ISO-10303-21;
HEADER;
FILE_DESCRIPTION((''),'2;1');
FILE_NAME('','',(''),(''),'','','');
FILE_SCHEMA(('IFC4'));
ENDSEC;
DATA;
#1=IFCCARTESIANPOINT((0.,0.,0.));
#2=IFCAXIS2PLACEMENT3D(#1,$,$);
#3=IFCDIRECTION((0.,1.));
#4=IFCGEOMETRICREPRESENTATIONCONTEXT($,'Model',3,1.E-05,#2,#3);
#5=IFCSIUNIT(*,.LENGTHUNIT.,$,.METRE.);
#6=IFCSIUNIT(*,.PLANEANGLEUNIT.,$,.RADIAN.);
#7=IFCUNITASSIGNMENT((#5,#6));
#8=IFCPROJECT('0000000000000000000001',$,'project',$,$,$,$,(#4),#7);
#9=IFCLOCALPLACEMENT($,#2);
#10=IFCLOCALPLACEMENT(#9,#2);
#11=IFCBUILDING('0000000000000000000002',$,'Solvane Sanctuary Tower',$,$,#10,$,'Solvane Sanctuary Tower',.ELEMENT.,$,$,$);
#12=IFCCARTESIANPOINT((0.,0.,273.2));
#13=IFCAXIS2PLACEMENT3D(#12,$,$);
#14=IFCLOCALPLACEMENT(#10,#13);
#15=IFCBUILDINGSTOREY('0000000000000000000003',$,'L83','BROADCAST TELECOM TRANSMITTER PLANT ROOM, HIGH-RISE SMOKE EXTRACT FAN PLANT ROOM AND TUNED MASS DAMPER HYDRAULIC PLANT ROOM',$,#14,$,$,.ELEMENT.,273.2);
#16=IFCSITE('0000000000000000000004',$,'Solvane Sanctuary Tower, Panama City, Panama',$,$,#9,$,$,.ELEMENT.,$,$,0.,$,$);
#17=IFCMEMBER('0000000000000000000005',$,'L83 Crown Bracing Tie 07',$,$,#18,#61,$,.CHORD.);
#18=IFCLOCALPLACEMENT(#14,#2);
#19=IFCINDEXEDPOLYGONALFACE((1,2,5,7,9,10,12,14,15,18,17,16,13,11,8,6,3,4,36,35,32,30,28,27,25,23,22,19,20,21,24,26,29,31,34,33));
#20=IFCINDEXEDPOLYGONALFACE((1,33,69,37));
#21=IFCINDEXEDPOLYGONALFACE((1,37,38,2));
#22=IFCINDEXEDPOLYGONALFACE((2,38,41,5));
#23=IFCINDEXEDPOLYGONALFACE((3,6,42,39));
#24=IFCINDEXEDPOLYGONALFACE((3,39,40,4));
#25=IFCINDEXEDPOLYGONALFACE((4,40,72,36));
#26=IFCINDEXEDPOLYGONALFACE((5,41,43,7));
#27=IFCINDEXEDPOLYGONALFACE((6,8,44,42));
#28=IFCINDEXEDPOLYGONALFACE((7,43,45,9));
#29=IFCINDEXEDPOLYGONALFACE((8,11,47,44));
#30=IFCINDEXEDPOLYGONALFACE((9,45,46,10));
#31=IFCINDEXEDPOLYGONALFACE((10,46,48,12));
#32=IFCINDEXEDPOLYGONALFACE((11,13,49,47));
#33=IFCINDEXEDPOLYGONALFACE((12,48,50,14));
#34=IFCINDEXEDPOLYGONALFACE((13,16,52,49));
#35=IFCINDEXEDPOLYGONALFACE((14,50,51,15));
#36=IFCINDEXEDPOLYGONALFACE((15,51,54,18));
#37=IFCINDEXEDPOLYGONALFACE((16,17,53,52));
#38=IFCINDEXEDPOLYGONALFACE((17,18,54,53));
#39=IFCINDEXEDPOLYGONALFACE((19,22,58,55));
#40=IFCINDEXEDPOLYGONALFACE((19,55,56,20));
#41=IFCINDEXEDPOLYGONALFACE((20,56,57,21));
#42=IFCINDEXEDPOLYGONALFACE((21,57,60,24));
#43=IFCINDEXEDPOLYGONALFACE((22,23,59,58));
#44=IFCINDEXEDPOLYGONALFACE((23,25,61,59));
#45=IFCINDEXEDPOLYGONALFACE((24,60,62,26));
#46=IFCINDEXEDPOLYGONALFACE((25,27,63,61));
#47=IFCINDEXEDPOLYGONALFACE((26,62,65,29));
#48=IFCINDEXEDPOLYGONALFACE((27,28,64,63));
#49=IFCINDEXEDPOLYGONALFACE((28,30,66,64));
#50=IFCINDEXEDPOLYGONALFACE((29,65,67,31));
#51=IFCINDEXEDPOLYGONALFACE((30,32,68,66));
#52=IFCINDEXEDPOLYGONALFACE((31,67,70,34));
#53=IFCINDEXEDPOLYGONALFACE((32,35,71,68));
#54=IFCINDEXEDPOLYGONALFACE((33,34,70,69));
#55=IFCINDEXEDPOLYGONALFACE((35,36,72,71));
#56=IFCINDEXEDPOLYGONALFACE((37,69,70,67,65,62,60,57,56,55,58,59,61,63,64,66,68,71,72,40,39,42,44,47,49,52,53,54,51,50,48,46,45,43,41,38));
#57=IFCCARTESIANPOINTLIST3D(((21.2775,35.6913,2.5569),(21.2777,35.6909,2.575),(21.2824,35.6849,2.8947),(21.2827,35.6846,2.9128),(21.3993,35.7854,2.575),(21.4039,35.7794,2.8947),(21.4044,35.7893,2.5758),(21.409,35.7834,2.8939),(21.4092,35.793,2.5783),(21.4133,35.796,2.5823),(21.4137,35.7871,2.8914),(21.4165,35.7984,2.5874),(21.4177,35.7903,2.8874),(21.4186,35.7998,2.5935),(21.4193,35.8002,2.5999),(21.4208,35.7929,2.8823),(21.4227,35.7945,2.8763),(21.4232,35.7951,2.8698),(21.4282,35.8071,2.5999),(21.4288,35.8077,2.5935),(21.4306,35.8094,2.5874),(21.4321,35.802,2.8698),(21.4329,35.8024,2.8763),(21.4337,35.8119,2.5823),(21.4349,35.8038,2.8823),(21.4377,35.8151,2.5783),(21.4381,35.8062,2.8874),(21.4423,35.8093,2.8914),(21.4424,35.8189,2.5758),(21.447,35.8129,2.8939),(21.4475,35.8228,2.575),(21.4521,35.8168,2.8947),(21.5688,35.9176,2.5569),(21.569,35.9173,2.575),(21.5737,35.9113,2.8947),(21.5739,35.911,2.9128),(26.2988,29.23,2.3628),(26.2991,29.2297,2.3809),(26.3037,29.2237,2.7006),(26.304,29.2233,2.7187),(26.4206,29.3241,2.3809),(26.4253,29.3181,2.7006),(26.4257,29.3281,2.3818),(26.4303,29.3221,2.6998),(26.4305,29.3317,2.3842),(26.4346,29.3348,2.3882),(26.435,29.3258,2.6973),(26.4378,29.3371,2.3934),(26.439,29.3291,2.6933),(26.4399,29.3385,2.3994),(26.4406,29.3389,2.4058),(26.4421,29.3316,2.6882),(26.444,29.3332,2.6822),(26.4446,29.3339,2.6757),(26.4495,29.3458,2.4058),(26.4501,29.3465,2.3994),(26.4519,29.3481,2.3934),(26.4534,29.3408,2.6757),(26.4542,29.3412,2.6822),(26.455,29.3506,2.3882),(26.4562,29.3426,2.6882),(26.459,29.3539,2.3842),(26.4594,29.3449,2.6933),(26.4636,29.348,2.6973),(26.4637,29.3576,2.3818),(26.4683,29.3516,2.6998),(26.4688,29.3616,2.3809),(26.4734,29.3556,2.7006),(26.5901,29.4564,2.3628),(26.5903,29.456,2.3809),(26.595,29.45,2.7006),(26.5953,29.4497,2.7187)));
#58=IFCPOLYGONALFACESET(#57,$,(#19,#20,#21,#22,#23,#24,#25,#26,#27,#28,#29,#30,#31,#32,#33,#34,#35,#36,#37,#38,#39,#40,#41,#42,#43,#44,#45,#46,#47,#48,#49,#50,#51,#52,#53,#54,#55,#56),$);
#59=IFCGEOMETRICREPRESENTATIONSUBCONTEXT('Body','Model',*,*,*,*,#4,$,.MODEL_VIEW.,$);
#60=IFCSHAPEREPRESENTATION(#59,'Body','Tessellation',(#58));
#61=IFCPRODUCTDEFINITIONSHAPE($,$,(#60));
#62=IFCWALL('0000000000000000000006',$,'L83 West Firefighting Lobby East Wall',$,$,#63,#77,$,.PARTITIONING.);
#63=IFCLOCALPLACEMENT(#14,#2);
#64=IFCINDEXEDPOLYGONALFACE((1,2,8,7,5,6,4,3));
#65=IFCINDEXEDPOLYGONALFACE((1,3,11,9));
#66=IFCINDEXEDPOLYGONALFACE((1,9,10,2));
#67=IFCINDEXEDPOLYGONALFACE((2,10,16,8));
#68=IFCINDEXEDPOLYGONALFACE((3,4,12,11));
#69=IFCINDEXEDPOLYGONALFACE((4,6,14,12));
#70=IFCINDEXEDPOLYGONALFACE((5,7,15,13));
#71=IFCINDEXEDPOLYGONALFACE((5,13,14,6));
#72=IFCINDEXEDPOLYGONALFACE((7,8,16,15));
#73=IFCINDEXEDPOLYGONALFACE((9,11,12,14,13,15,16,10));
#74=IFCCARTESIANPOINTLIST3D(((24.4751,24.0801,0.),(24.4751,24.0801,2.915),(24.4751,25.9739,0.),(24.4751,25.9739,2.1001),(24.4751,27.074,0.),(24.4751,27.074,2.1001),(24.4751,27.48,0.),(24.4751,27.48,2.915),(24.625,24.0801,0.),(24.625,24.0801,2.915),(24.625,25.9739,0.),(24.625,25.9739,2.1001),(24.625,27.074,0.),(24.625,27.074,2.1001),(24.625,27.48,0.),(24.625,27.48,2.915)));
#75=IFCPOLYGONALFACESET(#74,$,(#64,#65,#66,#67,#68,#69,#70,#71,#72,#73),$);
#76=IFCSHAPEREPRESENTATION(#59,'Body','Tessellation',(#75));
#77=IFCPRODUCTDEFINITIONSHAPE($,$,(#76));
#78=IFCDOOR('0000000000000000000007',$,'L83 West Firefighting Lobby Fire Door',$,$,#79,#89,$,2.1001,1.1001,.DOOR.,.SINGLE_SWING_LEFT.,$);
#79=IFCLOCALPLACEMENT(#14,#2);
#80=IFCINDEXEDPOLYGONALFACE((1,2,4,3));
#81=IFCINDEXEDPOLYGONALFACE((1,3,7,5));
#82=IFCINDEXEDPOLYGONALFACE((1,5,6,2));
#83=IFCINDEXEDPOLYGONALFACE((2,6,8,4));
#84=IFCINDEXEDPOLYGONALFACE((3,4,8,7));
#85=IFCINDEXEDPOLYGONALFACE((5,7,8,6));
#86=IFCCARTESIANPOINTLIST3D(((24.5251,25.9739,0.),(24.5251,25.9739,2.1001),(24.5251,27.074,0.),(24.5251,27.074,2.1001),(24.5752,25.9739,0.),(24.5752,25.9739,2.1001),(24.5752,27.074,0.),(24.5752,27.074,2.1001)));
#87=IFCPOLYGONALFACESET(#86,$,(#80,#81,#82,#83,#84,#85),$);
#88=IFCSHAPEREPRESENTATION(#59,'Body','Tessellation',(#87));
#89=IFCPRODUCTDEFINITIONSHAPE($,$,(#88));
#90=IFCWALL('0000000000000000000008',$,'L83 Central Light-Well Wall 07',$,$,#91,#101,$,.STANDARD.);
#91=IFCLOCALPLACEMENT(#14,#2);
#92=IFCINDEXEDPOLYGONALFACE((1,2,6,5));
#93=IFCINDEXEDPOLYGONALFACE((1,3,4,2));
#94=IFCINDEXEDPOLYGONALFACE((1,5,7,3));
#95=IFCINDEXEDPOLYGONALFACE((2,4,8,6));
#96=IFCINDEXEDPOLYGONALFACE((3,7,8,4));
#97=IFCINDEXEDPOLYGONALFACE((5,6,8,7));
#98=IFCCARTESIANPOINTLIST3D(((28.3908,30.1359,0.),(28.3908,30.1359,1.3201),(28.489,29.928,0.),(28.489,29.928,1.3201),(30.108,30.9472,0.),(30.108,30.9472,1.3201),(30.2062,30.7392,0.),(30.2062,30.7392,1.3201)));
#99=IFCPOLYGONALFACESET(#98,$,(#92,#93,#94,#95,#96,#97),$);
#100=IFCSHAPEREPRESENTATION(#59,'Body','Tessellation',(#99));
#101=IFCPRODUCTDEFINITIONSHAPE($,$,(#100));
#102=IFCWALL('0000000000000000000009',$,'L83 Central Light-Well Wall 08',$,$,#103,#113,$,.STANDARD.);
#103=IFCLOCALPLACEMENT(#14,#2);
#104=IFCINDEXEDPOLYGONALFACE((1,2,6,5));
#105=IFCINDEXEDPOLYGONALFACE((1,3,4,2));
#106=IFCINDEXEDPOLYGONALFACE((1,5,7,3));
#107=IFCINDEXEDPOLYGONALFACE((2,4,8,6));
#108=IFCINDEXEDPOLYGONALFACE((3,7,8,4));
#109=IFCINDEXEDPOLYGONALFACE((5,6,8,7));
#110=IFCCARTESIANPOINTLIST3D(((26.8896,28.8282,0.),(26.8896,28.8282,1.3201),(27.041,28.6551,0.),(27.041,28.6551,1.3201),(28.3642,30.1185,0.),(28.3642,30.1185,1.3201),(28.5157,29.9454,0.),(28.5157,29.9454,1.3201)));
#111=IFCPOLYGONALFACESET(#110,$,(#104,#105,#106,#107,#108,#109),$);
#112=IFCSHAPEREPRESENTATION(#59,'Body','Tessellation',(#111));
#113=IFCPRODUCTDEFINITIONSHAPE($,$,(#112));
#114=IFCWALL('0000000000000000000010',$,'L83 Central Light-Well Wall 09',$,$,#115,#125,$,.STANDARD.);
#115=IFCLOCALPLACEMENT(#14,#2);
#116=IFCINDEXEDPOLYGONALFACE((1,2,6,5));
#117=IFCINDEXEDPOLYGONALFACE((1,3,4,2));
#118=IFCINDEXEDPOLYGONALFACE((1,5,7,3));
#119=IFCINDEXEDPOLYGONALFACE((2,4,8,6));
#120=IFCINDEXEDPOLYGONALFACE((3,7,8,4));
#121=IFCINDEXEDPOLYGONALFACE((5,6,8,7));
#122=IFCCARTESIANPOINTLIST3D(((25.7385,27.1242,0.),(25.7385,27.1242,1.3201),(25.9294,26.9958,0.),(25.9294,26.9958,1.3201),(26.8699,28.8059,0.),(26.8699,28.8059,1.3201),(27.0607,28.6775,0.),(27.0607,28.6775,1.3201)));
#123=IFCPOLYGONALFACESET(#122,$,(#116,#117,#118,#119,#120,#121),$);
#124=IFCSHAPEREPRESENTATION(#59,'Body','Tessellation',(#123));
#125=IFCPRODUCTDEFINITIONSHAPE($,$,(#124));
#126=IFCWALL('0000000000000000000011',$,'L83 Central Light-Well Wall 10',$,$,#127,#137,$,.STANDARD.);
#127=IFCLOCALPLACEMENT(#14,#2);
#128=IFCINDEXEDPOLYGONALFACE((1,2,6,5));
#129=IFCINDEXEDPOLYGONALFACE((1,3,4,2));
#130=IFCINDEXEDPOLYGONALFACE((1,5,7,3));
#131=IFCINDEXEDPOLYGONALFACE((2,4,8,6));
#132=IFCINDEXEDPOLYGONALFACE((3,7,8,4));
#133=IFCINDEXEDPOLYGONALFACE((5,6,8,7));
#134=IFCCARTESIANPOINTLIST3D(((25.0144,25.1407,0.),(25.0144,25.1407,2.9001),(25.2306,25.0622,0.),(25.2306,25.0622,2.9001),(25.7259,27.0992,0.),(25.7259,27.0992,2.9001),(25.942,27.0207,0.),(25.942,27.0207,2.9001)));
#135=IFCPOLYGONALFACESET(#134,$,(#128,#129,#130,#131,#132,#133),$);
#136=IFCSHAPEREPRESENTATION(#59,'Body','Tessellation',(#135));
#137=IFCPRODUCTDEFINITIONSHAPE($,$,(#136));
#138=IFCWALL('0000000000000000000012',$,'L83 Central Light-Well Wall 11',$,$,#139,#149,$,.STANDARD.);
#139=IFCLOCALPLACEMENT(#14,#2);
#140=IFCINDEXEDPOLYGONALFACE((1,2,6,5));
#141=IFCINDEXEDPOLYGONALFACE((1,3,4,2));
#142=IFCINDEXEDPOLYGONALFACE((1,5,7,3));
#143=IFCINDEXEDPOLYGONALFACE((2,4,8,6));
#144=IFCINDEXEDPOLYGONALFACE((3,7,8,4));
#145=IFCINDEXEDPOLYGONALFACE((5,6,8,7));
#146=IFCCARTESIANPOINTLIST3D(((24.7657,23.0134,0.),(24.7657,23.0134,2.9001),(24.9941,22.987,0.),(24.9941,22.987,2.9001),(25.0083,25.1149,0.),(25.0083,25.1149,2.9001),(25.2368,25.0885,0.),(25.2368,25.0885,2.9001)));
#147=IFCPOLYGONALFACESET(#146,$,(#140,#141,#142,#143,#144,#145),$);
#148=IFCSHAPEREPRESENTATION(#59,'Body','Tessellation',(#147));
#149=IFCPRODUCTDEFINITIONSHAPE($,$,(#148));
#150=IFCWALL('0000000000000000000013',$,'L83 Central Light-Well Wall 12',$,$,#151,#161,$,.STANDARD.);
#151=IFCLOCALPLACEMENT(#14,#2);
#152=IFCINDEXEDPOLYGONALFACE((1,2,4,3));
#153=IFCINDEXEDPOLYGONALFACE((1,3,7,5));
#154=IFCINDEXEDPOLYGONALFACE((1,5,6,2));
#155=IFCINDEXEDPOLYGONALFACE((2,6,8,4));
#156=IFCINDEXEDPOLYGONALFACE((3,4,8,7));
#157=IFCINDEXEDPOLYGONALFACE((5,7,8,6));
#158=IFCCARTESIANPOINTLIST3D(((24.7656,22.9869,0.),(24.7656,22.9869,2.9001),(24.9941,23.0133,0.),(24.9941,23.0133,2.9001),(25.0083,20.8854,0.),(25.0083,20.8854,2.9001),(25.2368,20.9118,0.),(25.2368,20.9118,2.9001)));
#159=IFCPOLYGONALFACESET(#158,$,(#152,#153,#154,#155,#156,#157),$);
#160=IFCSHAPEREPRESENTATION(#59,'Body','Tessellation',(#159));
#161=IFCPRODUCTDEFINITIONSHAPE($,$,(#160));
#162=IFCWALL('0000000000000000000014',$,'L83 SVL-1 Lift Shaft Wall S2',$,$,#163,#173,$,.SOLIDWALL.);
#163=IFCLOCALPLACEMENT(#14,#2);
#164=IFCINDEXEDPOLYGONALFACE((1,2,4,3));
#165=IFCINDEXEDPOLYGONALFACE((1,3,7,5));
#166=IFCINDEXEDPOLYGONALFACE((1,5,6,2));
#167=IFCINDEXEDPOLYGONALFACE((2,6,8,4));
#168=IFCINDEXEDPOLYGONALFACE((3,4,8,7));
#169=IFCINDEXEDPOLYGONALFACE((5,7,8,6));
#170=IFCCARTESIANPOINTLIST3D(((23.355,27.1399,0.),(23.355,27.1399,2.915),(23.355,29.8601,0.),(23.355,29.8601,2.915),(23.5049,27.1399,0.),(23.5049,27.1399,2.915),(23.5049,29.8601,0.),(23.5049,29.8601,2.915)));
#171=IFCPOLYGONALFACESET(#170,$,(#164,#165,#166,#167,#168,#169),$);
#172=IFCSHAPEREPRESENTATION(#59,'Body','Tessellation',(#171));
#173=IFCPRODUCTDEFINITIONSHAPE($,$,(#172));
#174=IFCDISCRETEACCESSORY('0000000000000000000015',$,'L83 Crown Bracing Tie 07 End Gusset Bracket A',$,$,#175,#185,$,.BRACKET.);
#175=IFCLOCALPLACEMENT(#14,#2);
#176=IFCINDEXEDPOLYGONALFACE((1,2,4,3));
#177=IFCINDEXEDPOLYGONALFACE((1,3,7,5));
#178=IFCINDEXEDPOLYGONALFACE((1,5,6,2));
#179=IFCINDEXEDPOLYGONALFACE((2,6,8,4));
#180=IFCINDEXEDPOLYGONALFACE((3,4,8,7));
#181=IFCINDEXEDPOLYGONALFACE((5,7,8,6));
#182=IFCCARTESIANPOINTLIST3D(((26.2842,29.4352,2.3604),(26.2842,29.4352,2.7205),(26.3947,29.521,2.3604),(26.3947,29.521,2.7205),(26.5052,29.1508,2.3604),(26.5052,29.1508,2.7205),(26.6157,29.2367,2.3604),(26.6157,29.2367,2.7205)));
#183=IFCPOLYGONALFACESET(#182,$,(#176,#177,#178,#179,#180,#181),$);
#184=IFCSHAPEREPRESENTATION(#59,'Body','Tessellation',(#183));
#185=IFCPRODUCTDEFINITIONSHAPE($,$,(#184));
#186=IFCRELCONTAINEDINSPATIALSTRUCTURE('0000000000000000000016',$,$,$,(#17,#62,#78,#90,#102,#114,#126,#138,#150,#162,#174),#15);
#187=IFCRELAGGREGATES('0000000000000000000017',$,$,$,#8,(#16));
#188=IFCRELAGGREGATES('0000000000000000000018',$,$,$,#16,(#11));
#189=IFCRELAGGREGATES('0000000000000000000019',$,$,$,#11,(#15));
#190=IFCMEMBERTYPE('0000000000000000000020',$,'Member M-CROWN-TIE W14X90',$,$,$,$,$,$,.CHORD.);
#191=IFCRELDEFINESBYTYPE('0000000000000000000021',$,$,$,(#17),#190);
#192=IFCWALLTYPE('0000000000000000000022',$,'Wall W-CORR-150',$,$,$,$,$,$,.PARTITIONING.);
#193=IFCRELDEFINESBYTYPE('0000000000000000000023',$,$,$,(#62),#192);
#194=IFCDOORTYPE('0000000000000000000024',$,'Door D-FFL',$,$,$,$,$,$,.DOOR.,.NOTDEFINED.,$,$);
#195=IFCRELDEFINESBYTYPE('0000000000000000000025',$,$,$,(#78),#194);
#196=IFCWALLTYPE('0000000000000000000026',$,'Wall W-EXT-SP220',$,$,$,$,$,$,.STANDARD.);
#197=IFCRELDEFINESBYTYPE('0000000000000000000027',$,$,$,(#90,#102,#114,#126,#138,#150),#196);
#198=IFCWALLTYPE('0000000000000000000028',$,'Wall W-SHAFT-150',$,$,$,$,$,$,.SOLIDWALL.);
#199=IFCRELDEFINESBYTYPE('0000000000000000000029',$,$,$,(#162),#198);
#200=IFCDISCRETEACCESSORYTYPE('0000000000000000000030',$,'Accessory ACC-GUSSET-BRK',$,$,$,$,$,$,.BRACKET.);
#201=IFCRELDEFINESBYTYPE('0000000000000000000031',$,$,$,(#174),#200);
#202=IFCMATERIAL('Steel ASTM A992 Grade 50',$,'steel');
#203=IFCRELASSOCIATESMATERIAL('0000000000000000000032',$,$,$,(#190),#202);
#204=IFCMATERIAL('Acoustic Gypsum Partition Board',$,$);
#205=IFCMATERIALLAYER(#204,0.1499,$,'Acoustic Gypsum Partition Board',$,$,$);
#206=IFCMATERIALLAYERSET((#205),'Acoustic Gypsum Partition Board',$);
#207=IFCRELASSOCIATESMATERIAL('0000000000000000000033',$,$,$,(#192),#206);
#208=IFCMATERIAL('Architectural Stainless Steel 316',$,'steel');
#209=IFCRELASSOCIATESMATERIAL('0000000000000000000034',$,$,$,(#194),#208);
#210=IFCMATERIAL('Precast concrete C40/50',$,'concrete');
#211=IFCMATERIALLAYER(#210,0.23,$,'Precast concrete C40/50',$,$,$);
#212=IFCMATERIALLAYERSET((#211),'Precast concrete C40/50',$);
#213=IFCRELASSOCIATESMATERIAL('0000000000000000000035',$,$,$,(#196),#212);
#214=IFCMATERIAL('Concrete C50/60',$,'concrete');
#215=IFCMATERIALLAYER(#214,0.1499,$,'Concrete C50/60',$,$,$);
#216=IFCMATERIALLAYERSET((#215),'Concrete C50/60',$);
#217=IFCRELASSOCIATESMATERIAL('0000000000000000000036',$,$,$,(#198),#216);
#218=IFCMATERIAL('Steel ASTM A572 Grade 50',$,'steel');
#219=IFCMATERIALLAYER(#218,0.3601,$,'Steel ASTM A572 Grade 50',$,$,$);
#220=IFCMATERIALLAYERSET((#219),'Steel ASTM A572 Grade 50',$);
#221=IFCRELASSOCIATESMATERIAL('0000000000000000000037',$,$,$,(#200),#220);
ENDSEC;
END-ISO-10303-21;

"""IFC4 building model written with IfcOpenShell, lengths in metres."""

from ifc_helpers import new_model, si_unit, direction, frame, frame_2d, origin, origin_2d, place, context, subcontext, project, spatial, rectangle, i_section, extrude, material, layer, layer_set, material_profile, profile_set, type_object, element, fill, save


model = new_model("IFC4")

# Units and contexts
model_context = context("Model", 3, precision=1e-05, world=origin(), true_north=direction((0.0, 1.0)))
body_context = subcontext(model_context, "Body", "Model", "MODEL_VIEW")
ifc_project = project(units=[si_unit("LENGTHUNIT", "METRE"), si_unit("PLANEANGLEUNIT", "RADIAN")], contexts=[model_context])

# Site, building, storey
site_placement = place(None, origin())
site = spatial("IfcSite", under=ifc_project, at=site_placement, Name="Solvane Sanctuary Tower, Panama City, Panama", CompositionType="ELEMENT", RefElevation=0.0)
building_placement = place(site_placement, origin())
building = spatial("IfcBuilding", under=site, at=building_placement, Name="Solvane Sanctuary Tower", LongName="Solvane Sanctuary Tower", CompositionType="ELEMENT")
storey_placement = place(building_placement, frame((0.0, 0.0, 273.2)))
storey = spatial("IfcBuildingStorey", under=building, at=storey_placement, Name="L83", Description="BROADCAST TELECOM TRANSMITTER PLANT ROOM, HIGH-RISE SMOKE EXTRACT FAN PLANT ROOM AND TUNED MASS DAMPER HYDRAULIC PLANT ROOM", CompositionType="ELEMENT", Elevation=273.2)

# Shared definitions
ifc_material_1 = material(Name="Concrete C50/60", Category="concrete")

# Shared definitions
ifc_material_2 = material(Name="Steel ASTM A992 Grade 50", Category="steel")

# Member
ifc_material_profile_1 = material_profile(ifc_material_2, i_section(OverallWidth=0.3689, OverallDepth=0.356, WebThickness=0.0112, FlangeThickness=0.0181, FilletRadius=0.0249, at=origin_2d()), Name="W14X90")
ifc_profile_set_1 = profile_set([ifc_material_profile_1], Name="Steel ASTM A992 Grade 50")
member_type = type_object("IfcMemberType", Name="Member M-CROWN-TIE W14X90", PredefinedType="CHORD", material=ifc_profile_set_1)
member_placement = place(storey_placement, frame((26.447, 29.3398, 2.5408), z_axis=(-0.613454, 0.789374, 0.023713), x_axis=(-0.789596, -0.613627, 0.0)))
element("IfcMember", 1, at=member_placement, inside=storey, type_object=member_type, Name="L83 Crown Bracing Tie 07", PredefinedType="CHORD", context=body_context, shape_type="SweptSolid", body=[
    extrude(i_section(OverallWidth=0.3689, OverallDepth=0.356, WebThickness=0.0112, FlangeThickness=0.0181, FilletRadius=0.0249, at=origin_2d()), origin(), (0.0, 0.0, 1.0), 8.1853),
])

# Wall, opening, door
ifc_material_3 = material(Name="Acoustic Gypsum Partition Board")
ifc_layer_1 = layer(ifc_material_3, 0.1499, Name="Acoustic Gypsum Partition Board")
ifc_layer_set_1 = layer_set([ifc_layer_1], Name="Acoustic Gypsum Partition Board")
wall_type_1 = type_object("IfcWallType", Name="Wall W-CORR-150", PredefinedType="PARTITIONING", material=ifc_layer_set_1)
wall_1_placement = place(storey_placement, frame((24.55, 24.0801, 0.0), z_axis=(0.0, 0.0, 1.0), x_axis=(0.0, 1.0, 0.0)))
wall_1 = element("IfcWall", 2, at=wall_1_placement, inside=storey, type_object=wall_type_1, Name="L83 West Firefighting Lobby East Wall", PredefinedType="PARTITIONING", context=body_context, shape_type="SweptSolid", body=[
    extrude(rectangle(XDim=3.3999, YDim=0.1499, at=frame_2d((1.7, 0.0))), origin(), (0.0, 0.0, 1.0), 2.915),
])
opening_placement = place(wall_1_placement, frame((1.8938, 0.0, 0.0)))
opening = element("IfcOpeningElement", 3, at=opening_placement, cuts=wall_1, PredefinedType="OPENING", context=body_context, shape_type="SweptSolid", body=[
    extrude(rectangle(XDim=1.1001, YDim=2.1001, at=frame_2d((0.55, 1.05))), frame((0.0, 0.085, 0.0), z_axis=(0.0, -1.0, 0.0), x_axis=(1.0, 0.0, 0.0)), (0.0, 0.0, 1.0), 0.1699),
])
ifc_material_4 = material(Name="Architectural Stainless Steel 316", Category="steel")
door_type = type_object("IfcDoorType", Name="Door D-FFL", OperationType="NOTDEFINED", PredefinedType="DOOR", material=ifc_material_4)
door_placement = place(opening_placement, origin())
door = element("IfcDoor", 4, at=door_placement, inside=storey, type_object=door_type, Name="L83 West Firefighting Lobby Fire Door", OperationType="SINGLE_SWING_LEFT", OverallHeight=2.1001, OverallWidth=1.1001, PredefinedType="DOOR", context=body_context, shape_type="SweptSolid", body=[
    extrude(rectangle(XDim=1.1001, YDim=2.1001, at=frame_2d((0.55, 1.05))), frame((0.0, 0.0249, 0.0), z_axis=(0.0, -1.0, 0.0), x_axis=(1.0, 0.0, 0.0)), (0.0, 0.0, 1.0), 0.05),
])
fill(opening, door)

# Walls
ifc_material_5 = material(Name="Precast concrete C40/50", Category="concrete")
ifc_layer_2 = layer(ifc_material_5, 0.23, Name="Precast concrete C40/50")
ifc_layer_set_2 = layer_set([ifc_layer_2], Name="Precast concrete C40/50")
wall_type_2 = type_object("IfcWallType", Name="Wall W-EXT-SP220", PredefinedType="STANDARD", material=ifc_layer_set_2)
wall_2_placement = place(storey_placement, frame((30.1572, 30.8433, 0.0), z_axis=(0.0, 0.0, 1.0), x_axis=(-0.90418, -0.427152, 0.0)))
element("IfcWall", 5, at=wall_2_placement, inside=storey, type_object=wall_type_2, Name="L83 Central Light-Well Wall 07", PredefinedType="STANDARD", context=body_context, shape_type="SweptSolid", body=[
    extrude(rectangle(XDim=1.8992, YDim=0.23, at=frame_2d((0.9497, 0.0))), origin(), (0.0, 0.0, 1.0), 1.3201),
])
wall_3_placement = place(storey_placement, frame((28.4399, 30.032, 0.0), z_axis=(0.0, 0.0, 1.0), x_axis=(-0.752577, -0.658505, 0.0)))
element("IfcWall", 6, at=wall_3_placement, inside=storey, type_object=wall_type_2, Name="L83 Central Light-Well Wall 08", PredefinedType="STANDARD", context=body_context, shape_type="SweptSolid", body=[
    extrude(rectangle(XDim=1.9595, YDim=0.23, at=frame_2d((0.9797, 0.0))), origin(), (0.0, 0.0, 1.0), 1.3201),
])
wall_4_placement = place(storey_placement, frame((26.9653, 28.7417, 0.0), z_axis=(0.0, 0.0, 1.0), x_axis=(-0.558198, -0.829708, 0.0)))
element("IfcWall", 7, at=wall_4_placement, inside=storey, type_object=wall_type_2, Name="L83 Central Light-Well Wall 09", PredefinedType="STANDARD", context=body_context, shape_type="SweptSolid", body=[
    extrude(rectangle(XDim=2.0269, YDim=0.23, at=frame_2d((1.0134, 0.0))), origin(), (0.0, 0.0, 1.0), 1.3201),
])
wall_5_placement = place(storey_placement, frame((25.834, 27.0601, 0.0), z_axis=(0.0, 0.0, 1.0), x_axis=(-0.341423, -0.93991, 0.0)))
element("IfcWall", 8, at=wall_5_placement, inside=storey, type_object=wall_type_2, Name="L83 Central Light-Well Wall 10", PredefinedType="STANDARD", context=body_context, shape_type="SweptSolid", body=[
    extrude(rectangle(XDim=2.0837, YDim=0.23, at=frame_2d((1.042, 0.0))), origin(), (0.0, 0.0, 1.0), 2.9001),
])
for number, where, z_axis, x_axis, name in (
    (9, (25.1226, 25.1016, 0.0), (0.0, 0.0, 1.0), (-0.114712, -0.993399, 0.0), "L83 Central Light-Well Wall 11"),
    (10, (24.8799, 23.0, 0.0), (0.0, 0.0, 1.0), (0.114712, -0.993399, 0.0), "L83 Central Light-Well Wall 12"),
):
    element("IfcWall", number, at=place(storey_placement, frame(where, z_axis=z_axis, x_axis=x_axis)), inside=storey, type_object=wall_type_2, Name=name, PredefinedType="STANDARD", context=body_context, shape_type="SweptSolid", body=[
        extrude(rectangle(XDim=2.1155, YDim=0.23, at=frame_2d((1.0576, 0.0))), origin(), (0.0, 0.0, 1.0), 2.9001),
    ])
ifc_layer_3 = layer(ifc_material_1, 0.1499, Name="Concrete C50/60")
ifc_layer_set_3 = layer_set([ifc_layer_3], Name="Concrete C50/60")
wall_type_3 = type_object("IfcWallType", Name="Wall W-SHAFT-150", PredefinedType="SOLIDWALL", material=ifc_layer_set_3)
wall_6_placement = place(storey_placement, frame((23.4299, 27.1399, 0.0), z_axis=(0.0, 0.0, 1.0), x_axis=(0.0, 1.0, 0.0)))
element("IfcWall", 11, at=wall_6_placement, inside=storey, type_object=wall_type_3, Name="L83 SVL-1 Lift Shaft Wall S2", PredefinedType="SOLIDWALL", context=body_context, shape_type="SweptSolid", body=[
    extrude(rectangle(XDim=2.7202, YDim=0.1499, at=frame_2d((1.3601, 0.0))), origin(), (0.0, 0.0, 1.0), 2.915),
])

# Discrete accessory
ifc_material_6 = material(Name="Steel ASTM A572 Grade 50", Category="steel")
ifc_layer_4 = layer(ifc_material_6, 0.3601, Name="Steel ASTM A572 Grade 50")
ifc_layer_set_4 = layer_set([ifc_layer_4], Name="Steel ASTM A572 Grade 50")
discrete_accessory_type = type_object("IfcDiscreteAccessoryType", Name="Accessory ACC-GUSSET-BRK", PredefinedType="BRACKET", material=ifc_layer_set_4)
discrete_accessory_placement = place(storey_placement, frame((26.45, 29.3359, 2.3604), z_axis=(0.0, 0.0, 1.0), x_axis=(-0.613596, 0.78962, 0.0)))
element("IfcDiscreteAccessory", 12, at=discrete_accessory_placement, inside=storey, type_object=discrete_accessory_type, Name="L83 Crown Bracing Tie 07 End Gusset Bracket A", PredefinedType="BRACKET", context=body_context, shape_type="SweptSolid", body=[
    extrude(rectangle(XDim=0.3601, YDim=0.1399, at=origin_2d()), origin(), (0.0, 0.0, 1.0), 0.3601),
])

save(model, "model.ifc")
